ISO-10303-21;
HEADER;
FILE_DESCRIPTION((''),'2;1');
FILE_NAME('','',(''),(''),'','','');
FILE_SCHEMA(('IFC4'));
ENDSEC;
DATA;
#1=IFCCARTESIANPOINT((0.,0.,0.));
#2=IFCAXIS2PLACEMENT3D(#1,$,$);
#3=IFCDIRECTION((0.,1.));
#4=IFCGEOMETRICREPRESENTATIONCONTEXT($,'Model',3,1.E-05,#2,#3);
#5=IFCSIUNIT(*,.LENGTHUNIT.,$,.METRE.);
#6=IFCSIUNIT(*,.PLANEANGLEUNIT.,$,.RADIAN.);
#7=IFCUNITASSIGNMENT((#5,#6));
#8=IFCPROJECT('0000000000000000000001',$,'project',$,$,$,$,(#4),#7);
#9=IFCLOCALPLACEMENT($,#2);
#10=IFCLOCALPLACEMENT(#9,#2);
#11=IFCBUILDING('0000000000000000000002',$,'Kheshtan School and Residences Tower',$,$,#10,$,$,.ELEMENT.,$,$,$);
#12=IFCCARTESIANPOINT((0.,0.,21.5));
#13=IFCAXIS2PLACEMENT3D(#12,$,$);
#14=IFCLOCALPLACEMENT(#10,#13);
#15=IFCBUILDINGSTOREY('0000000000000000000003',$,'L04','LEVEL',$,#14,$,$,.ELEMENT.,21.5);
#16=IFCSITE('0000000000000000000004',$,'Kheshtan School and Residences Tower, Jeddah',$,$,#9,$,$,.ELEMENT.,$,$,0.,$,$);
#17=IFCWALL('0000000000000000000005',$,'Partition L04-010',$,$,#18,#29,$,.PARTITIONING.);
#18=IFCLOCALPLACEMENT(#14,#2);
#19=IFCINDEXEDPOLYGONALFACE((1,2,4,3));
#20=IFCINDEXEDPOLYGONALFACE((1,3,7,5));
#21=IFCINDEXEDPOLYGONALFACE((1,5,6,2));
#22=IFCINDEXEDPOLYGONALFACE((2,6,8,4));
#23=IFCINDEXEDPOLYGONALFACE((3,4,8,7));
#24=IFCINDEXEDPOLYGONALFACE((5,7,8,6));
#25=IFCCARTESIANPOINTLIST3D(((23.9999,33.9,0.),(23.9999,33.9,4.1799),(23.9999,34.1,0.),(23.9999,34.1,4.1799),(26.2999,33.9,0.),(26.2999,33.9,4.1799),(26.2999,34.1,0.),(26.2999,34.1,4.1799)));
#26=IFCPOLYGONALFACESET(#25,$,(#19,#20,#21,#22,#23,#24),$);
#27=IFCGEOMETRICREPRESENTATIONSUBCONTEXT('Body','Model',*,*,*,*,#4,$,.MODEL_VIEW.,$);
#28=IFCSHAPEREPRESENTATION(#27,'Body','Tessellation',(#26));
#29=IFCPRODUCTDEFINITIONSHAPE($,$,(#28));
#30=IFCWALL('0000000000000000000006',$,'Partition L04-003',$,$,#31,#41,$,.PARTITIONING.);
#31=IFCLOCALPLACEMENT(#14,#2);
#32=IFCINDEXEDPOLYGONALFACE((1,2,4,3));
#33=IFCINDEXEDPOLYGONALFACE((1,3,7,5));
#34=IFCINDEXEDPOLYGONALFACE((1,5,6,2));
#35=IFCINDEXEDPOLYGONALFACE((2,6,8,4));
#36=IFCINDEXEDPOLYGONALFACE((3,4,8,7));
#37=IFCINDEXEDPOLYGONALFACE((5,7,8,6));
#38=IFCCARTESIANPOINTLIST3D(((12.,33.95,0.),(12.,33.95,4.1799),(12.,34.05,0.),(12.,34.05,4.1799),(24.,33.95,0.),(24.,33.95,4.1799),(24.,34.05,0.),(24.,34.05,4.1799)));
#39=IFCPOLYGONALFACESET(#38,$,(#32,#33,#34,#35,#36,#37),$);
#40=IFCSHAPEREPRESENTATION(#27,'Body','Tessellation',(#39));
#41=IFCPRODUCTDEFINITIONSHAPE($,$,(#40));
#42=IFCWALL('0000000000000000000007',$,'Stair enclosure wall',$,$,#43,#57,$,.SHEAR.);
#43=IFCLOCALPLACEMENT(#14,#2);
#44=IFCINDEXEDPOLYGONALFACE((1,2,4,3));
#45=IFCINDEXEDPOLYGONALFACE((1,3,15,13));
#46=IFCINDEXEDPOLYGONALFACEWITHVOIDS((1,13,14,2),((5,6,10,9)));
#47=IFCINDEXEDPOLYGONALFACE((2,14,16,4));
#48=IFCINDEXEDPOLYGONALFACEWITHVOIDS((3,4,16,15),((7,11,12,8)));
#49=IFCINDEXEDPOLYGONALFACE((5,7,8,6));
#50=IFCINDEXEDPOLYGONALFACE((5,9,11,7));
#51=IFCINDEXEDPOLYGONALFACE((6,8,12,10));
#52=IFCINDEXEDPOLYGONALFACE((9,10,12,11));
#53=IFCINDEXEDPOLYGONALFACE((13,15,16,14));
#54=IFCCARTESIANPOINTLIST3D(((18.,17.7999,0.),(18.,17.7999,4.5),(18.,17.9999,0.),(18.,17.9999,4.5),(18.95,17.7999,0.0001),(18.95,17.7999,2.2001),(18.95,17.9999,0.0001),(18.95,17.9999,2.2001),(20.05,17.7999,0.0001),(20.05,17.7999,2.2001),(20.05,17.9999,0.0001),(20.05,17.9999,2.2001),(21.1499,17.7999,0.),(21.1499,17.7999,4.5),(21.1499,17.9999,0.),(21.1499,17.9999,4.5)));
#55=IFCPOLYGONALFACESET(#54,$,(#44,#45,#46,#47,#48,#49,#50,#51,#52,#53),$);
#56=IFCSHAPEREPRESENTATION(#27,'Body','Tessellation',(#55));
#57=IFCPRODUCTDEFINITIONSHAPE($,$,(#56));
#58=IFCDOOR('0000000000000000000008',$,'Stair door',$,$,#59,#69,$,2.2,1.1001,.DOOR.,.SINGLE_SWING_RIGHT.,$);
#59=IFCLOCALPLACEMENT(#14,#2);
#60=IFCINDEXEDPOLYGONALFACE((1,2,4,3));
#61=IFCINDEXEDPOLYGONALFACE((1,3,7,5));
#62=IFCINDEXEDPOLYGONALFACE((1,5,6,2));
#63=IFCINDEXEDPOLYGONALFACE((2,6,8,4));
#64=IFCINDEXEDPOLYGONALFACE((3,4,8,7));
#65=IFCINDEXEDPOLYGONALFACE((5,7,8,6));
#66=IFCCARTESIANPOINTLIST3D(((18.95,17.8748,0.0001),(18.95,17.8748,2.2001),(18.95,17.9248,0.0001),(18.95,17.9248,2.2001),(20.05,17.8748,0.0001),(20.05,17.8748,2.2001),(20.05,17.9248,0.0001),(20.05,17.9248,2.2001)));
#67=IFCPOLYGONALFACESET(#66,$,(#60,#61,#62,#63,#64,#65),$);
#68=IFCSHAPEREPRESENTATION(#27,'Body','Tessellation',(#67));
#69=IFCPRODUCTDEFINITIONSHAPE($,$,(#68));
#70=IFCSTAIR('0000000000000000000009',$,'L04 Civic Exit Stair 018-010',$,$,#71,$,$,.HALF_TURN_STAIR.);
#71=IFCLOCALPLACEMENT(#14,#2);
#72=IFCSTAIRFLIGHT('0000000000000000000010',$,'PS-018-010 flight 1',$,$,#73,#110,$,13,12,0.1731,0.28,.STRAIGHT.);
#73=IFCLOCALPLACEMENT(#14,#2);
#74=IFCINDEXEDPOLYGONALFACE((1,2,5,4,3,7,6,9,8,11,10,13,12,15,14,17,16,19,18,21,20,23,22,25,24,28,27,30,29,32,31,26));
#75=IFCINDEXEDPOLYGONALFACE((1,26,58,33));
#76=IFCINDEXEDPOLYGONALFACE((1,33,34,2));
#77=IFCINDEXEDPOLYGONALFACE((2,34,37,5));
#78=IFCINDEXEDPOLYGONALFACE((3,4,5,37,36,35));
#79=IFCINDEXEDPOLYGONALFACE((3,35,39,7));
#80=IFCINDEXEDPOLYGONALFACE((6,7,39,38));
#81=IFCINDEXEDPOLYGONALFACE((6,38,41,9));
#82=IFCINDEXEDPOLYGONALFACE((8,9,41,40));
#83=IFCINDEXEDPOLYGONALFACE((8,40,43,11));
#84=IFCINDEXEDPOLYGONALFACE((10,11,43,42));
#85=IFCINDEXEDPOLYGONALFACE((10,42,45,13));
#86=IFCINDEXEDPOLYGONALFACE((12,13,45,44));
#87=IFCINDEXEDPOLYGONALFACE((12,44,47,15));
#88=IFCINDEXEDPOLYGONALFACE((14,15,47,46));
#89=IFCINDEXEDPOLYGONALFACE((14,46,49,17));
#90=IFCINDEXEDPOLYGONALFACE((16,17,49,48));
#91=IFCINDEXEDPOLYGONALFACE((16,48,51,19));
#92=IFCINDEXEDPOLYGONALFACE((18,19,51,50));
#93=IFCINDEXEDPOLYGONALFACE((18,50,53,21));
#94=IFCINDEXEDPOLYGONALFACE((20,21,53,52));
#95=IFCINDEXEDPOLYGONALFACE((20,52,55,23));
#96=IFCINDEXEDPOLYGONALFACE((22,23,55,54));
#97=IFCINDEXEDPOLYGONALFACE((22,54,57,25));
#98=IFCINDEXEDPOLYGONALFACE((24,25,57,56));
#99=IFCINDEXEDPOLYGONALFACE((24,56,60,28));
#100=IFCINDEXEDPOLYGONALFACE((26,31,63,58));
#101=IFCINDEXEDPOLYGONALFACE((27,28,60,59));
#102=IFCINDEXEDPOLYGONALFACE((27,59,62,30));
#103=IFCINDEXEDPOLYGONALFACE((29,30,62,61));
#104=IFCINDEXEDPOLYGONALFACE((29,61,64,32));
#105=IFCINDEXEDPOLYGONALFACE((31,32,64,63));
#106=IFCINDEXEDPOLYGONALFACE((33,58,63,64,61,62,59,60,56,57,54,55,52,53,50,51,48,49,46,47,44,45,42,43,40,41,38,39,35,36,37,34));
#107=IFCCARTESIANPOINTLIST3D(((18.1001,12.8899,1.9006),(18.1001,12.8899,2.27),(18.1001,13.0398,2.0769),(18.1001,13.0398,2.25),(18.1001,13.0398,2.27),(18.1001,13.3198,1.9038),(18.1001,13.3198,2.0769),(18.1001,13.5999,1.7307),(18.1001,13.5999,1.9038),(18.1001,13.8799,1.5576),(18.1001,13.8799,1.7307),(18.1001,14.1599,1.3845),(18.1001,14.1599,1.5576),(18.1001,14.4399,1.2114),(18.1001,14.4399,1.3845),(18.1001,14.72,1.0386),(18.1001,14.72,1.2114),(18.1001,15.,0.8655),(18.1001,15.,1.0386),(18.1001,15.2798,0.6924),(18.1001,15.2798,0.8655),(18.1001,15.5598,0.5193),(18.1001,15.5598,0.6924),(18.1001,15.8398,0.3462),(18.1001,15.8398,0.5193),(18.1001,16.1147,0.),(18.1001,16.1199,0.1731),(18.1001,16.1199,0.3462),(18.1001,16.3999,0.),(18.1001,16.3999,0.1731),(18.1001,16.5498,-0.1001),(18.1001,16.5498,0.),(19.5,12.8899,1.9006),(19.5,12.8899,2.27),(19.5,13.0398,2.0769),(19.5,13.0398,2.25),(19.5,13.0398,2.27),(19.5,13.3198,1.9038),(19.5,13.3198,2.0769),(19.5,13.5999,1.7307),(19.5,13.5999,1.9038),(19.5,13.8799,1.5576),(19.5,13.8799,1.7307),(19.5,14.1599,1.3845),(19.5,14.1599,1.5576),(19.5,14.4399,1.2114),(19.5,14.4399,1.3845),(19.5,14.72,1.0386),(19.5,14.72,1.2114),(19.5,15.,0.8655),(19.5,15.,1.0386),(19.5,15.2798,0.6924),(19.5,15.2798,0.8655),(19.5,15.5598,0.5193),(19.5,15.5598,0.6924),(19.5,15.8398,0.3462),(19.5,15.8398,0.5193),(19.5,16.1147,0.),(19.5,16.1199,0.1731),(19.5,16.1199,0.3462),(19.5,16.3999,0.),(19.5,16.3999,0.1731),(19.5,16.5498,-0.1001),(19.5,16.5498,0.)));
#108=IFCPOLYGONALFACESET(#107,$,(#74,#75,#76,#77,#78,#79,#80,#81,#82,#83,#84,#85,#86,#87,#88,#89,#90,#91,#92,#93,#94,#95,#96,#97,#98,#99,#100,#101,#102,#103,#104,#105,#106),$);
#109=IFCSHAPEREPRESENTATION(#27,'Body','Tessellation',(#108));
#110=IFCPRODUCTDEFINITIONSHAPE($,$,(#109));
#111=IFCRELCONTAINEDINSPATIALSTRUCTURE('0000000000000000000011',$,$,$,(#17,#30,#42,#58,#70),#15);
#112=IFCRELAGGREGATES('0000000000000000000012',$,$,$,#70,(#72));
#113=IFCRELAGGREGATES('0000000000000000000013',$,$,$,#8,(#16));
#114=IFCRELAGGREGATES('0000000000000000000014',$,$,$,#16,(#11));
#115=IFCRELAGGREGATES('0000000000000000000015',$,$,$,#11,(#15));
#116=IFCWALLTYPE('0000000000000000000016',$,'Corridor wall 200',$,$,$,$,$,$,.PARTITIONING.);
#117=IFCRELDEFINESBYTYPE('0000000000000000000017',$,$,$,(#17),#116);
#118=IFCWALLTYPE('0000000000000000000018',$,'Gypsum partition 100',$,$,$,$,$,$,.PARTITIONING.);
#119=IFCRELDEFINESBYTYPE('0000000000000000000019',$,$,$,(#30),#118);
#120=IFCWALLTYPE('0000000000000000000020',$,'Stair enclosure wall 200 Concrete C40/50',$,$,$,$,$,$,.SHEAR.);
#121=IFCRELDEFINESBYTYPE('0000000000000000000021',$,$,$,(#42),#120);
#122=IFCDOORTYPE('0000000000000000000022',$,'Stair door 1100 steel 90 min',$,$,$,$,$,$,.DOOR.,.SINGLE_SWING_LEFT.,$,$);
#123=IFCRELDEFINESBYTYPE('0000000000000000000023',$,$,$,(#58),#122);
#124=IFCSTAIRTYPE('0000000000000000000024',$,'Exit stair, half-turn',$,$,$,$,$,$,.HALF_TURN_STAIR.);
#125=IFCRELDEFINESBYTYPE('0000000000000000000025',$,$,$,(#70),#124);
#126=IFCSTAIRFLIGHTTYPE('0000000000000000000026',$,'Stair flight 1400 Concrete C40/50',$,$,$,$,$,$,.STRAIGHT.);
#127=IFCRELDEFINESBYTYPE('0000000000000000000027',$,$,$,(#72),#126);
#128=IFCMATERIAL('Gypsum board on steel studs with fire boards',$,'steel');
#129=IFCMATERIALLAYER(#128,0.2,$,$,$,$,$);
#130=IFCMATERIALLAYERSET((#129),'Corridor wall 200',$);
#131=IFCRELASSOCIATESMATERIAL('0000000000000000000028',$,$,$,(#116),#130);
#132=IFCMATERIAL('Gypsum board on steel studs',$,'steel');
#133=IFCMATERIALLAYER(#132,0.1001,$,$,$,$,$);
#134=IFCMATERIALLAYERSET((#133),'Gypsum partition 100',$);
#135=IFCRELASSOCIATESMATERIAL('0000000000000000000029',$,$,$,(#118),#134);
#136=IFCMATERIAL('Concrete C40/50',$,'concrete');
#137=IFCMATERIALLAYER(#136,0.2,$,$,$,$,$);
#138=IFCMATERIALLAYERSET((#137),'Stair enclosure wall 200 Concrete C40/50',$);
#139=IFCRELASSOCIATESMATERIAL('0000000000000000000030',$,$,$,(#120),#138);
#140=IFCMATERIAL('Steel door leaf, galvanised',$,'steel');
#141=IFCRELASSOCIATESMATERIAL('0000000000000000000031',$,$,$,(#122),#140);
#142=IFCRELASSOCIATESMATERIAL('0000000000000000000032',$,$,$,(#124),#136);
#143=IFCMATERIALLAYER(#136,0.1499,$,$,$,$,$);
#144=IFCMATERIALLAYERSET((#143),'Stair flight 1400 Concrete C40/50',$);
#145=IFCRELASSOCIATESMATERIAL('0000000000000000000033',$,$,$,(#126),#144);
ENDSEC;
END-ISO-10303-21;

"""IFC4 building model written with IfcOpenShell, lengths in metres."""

from ifc_helpers import new_model, si_unit, direction, frame, frame_2d, origin, place, context, subcontext, project, spatial, polyline, rectangle, outline, extrude, source, transform, mapped, material, layer, layer_set, type_object, element, fill, aggregate, save


model = new_model("IFC4")

# Units and contexts
model_context = context("Model", 3, precision=1e-05, world=origin(), true_north=direction((0.0, 1.0)))
body_context = subcontext(model_context, "Body", "Model", "MODEL_VIEW")
ifc_project = project(units=[si_unit("LENGTHUNIT", "METRE"), si_unit("PLANEANGLEUNIT", "RADIAN")], contexts=[model_context])

# Site, building, storey
site_placement = place(None, origin())
site = spatial("IfcSite", under=ifc_project, at=site_placement, Name="Kheshtan School and Residences Tower, Jeddah", CompositionType="ELEMENT", RefElevation=0.0)
building_placement = place(site_placement, origin())
building = spatial("IfcBuilding", under=site, at=building_placement, Name="Kheshtan School and Residences Tower", CompositionType="ELEMENT")
storey_placement = place(building_placement, frame((0.0, 0.0, 21.5)))
storey = spatial("IfcBuildingStorey", under=building, at=storey_placement, Name="L04", Description="LEVEL", CompositionType="ELEMENT", Elevation=21.5)

# Shared definitions
ifc_material_1 = material(Name="Gypsum board on steel studs with fire boards", Category="steel")
ifc_layer_1 = layer(ifc_material_1, 0.2)
ifc_layer_set_1 = layer_set([ifc_layer_1], Name="Corridor wall 200")
wall_type_1 = type_object("IfcWallType", Name="Corridor wall 200", PredefinedType="PARTITIONING", material=ifc_layer_set_1)

# Walls
wall_1_placement = place(storey_placement, frame((24.0, 34.0, 0.0), z_axis=(0.0, 0.0, 1.0), x_axis=(1.0, 0.0, 0.0)))
element("IfcWall", 1, at=wall_1_placement, inside=storey, type_object=wall_type_1, Name="Partition L04-010", PredefinedType="PARTITIONING", context=body_context, shape_type="SweptSolid", body=[
    extrude(rectangle(XDim=2.3, YDim=0.2, at=frame_2d((1.1499, 0.0))), origin(), (0.0, 0.0, 1.0), 4.1799),
])
ifc_material_2 = material(Name="Gypsum board on steel studs", Category="steel")
ifc_layer_2 = layer(ifc_material_2, 0.1001)
ifc_layer_set_2 = layer_set([ifc_layer_2], Name="Gypsum partition 100")
wall_type_2 = type_object("IfcWallType", Name="Gypsum partition 100", PredefinedType="PARTITIONING", material=ifc_layer_set_2)
wall_2_placement = place(storey_placement, frame((12.0, 34.0, 0.0), z_axis=(0.0, 0.0, 1.0), x_axis=(1.0, 0.0, 0.0)))
element("IfcWall", 2, at=wall_2_placement, inside=storey, type_object=wall_type_2, Name="Partition L04-003", PredefinedType="PARTITIONING", context=body_context, shape_type="SweptSolid", body=[
    extrude(rectangle(XDim=12.0, YDim=0.1001, at=frame_2d((6.0, 0.0))), origin(), (0.0, 0.0, 1.0), 4.1799),
])

# Wall, opening, door
ifc_material_3 = material(Name="Concrete C40/50", Category="concrete")
ifc_layer_3 = layer(ifc_material_3, 0.2)
ifc_layer_set_3 = layer_set([ifc_layer_3], Name="Stair enclosure wall 200 Concrete C40/50")
wall_type_3 = type_object("IfcWallType", Name="Stair enclosure wall 200 Concrete C40/50", PredefinedType="SHEAR", material=ifc_layer_set_3)
wall_3_placement = place(storey_placement, frame((18.0, 17.8999, 0.0), z_axis=(0.0, 0.0, 1.0), x_axis=(1.0, 0.0, 0.0)))
wall_3 = element("IfcWall", 3, at=wall_3_placement, inside=storey, type_object=wall_type_3, Name="Stair enclosure wall", PredefinedType="SHEAR", context=body_context, shape_type="SweptSolid", body=[
    extrude(rectangle(XDim=3.1499, YDim=0.2, at=frame_2d((1.575, 0.0))), origin(), (0.0, 0.0, 1.0), 4.5),
])
opening_1_placement = place(wall_3_placement, frame((0.95, 0.0, 0.0)))
opening_1 = element("IfcOpeningElement", 4, at=opening_1_placement, cuts=wall_3, PredefinedType="OPENING", context=body_context, shape_type="SweptSolid", body=[
    extrude(rectangle(XDim=1.1001, YDim=2.2, at=frame_2d((0.55, 1.1001))), frame((0.0, 0.1099, 0.0), z_axis=(0.0, -1.0, 0.0), x_axis=(1.0, 0.0, 0.0)), (0.0, 0.0, 1.0), 0.22),
])
ifc_material_4 = material(Name="Steel door leaf, galvanised", Category="steel")
door_type_1 = type_object("IfcDoorType", Name="Stair door 1100 steel 90 min", OperationType="SINGLE_SWING_LEFT", PredefinedType="DOOR", material=ifc_material_4)
shared_shape_1 = source(origin(), body_context, "Body", "SweptSolid", [
    extrude(rectangle(XDim=1.1001, YDim=2.2, at=frame_2d((0.55, 1.1001))), frame((0.0, 0.0249, 0.0), z_axis=(0.0, -1.0, 0.0), x_axis=(1.0, 0.0, 0.0)), (0.0, 0.0, 1.0), 0.05),
])
door_1_placement = place(opening_1_placement, origin())
door_1 = element("IfcDoor", 5, at=door_1_placement, inside=storey, type_object=door_type_1, Name="Stair door", OperationType="SINGLE_SWING_RIGHT", OverallHeight=2.2, OverallWidth=1.1001, PredefinedType="DOOR", context=body_context, shape_type="MappedRepresentation", body=[
    mapped(shared_shape_1, transform((0.0, 0.0, 0.0), x_axis=(1.0, 0.0, 0.0), y_axis=(0.0, 1.0, 0.0), z_axis=(0.0, 0.0, 1.0), scale=1.0)),
])
fill(opening_1, door_1)

# Stair, stair flight
stair_type = type_object("IfcStairType", Name="Exit stair, half-turn", PredefinedType="HALF_TURN_STAIR", material=ifc_material_3)
stair_placement = place(storey_placement, origin())
stair = element("IfcStair", 6, at=stair_placement, inside=storey, type_object=stair_type, Name="L04 Civic Exit Stair 018-010", PredefinedType="HALF_TURN_STAIR")
ifc_layer_4 = layer(ifc_material_3, 0.1499)
ifc_layer_set_4 = layer_set([ifc_layer_4], Name="Stair flight 1400 Concrete C40/50")
stair_flight_type = type_object("IfcStairFlightType", Name="Stair flight 1400 Concrete C40/50", PredefinedType="STRAIGHT", material=ifc_layer_set_4)
stair_flight_placement = place(storey_placement, frame((18.8, 16.3999, 0.0), z_axis=(0.0, 0.0, 1.0), x_axis=(0.0, -1.0, 0.0)))
stair_flight = element("IfcStairFlight", 7, at=stair_flight_placement, type_object=stair_flight_type, Name="PS-018-010 flight 1", NumberOfRisers=13, NumberOfTreads=12, PredefinedType="STRAIGHT", RiserHeight=0.1731, TreadLength=0.28, context=body_context, shape_type="SweptSolid", body=[
    extrude(outline(polyline([(-0.1499, -0.1001), (-0.1499, 0.0), (0.0, 0.0), (0.0, 0.1731), (0.28, 0.1731), (0.28, 0.3462), (0.5601, 0.3462), (0.5601, 0.5193), (0.8401, 0.5193), (0.8401, 0.6924), (1.1201, 0.6924), (1.1201, 0.8655), (1.3999, 0.8655), (1.3999, 1.0386), (1.6799, 1.0386), (1.6799, 1.2114), (1.96, 1.2114), (1.96, 1.3845), (2.24, 1.3845), (2.24, 1.5576), (2.52, 1.5576), (2.52, 1.7307), (2.8, 1.7307), (2.8, 1.9038), (3.0801, 1.9038), (3.0801, 2.0769), (3.3601, 2.0769), (3.3601, 2.25), (3.3601, 2.27), (3.51, 2.27), (3.51, 1.9006), (0.2852, 0.0), (-0.1499, -0.1001)])), frame((0.0, 0.7, 0.0), z_axis=(0.0, -1.0, 0.0), x_axis=(1.0, 0.0, 0.0)), (0.0, 0.0, 1.0), 1.3999),
])
aggregate(stair, [stair_flight])

save(model, "model.ifc")
